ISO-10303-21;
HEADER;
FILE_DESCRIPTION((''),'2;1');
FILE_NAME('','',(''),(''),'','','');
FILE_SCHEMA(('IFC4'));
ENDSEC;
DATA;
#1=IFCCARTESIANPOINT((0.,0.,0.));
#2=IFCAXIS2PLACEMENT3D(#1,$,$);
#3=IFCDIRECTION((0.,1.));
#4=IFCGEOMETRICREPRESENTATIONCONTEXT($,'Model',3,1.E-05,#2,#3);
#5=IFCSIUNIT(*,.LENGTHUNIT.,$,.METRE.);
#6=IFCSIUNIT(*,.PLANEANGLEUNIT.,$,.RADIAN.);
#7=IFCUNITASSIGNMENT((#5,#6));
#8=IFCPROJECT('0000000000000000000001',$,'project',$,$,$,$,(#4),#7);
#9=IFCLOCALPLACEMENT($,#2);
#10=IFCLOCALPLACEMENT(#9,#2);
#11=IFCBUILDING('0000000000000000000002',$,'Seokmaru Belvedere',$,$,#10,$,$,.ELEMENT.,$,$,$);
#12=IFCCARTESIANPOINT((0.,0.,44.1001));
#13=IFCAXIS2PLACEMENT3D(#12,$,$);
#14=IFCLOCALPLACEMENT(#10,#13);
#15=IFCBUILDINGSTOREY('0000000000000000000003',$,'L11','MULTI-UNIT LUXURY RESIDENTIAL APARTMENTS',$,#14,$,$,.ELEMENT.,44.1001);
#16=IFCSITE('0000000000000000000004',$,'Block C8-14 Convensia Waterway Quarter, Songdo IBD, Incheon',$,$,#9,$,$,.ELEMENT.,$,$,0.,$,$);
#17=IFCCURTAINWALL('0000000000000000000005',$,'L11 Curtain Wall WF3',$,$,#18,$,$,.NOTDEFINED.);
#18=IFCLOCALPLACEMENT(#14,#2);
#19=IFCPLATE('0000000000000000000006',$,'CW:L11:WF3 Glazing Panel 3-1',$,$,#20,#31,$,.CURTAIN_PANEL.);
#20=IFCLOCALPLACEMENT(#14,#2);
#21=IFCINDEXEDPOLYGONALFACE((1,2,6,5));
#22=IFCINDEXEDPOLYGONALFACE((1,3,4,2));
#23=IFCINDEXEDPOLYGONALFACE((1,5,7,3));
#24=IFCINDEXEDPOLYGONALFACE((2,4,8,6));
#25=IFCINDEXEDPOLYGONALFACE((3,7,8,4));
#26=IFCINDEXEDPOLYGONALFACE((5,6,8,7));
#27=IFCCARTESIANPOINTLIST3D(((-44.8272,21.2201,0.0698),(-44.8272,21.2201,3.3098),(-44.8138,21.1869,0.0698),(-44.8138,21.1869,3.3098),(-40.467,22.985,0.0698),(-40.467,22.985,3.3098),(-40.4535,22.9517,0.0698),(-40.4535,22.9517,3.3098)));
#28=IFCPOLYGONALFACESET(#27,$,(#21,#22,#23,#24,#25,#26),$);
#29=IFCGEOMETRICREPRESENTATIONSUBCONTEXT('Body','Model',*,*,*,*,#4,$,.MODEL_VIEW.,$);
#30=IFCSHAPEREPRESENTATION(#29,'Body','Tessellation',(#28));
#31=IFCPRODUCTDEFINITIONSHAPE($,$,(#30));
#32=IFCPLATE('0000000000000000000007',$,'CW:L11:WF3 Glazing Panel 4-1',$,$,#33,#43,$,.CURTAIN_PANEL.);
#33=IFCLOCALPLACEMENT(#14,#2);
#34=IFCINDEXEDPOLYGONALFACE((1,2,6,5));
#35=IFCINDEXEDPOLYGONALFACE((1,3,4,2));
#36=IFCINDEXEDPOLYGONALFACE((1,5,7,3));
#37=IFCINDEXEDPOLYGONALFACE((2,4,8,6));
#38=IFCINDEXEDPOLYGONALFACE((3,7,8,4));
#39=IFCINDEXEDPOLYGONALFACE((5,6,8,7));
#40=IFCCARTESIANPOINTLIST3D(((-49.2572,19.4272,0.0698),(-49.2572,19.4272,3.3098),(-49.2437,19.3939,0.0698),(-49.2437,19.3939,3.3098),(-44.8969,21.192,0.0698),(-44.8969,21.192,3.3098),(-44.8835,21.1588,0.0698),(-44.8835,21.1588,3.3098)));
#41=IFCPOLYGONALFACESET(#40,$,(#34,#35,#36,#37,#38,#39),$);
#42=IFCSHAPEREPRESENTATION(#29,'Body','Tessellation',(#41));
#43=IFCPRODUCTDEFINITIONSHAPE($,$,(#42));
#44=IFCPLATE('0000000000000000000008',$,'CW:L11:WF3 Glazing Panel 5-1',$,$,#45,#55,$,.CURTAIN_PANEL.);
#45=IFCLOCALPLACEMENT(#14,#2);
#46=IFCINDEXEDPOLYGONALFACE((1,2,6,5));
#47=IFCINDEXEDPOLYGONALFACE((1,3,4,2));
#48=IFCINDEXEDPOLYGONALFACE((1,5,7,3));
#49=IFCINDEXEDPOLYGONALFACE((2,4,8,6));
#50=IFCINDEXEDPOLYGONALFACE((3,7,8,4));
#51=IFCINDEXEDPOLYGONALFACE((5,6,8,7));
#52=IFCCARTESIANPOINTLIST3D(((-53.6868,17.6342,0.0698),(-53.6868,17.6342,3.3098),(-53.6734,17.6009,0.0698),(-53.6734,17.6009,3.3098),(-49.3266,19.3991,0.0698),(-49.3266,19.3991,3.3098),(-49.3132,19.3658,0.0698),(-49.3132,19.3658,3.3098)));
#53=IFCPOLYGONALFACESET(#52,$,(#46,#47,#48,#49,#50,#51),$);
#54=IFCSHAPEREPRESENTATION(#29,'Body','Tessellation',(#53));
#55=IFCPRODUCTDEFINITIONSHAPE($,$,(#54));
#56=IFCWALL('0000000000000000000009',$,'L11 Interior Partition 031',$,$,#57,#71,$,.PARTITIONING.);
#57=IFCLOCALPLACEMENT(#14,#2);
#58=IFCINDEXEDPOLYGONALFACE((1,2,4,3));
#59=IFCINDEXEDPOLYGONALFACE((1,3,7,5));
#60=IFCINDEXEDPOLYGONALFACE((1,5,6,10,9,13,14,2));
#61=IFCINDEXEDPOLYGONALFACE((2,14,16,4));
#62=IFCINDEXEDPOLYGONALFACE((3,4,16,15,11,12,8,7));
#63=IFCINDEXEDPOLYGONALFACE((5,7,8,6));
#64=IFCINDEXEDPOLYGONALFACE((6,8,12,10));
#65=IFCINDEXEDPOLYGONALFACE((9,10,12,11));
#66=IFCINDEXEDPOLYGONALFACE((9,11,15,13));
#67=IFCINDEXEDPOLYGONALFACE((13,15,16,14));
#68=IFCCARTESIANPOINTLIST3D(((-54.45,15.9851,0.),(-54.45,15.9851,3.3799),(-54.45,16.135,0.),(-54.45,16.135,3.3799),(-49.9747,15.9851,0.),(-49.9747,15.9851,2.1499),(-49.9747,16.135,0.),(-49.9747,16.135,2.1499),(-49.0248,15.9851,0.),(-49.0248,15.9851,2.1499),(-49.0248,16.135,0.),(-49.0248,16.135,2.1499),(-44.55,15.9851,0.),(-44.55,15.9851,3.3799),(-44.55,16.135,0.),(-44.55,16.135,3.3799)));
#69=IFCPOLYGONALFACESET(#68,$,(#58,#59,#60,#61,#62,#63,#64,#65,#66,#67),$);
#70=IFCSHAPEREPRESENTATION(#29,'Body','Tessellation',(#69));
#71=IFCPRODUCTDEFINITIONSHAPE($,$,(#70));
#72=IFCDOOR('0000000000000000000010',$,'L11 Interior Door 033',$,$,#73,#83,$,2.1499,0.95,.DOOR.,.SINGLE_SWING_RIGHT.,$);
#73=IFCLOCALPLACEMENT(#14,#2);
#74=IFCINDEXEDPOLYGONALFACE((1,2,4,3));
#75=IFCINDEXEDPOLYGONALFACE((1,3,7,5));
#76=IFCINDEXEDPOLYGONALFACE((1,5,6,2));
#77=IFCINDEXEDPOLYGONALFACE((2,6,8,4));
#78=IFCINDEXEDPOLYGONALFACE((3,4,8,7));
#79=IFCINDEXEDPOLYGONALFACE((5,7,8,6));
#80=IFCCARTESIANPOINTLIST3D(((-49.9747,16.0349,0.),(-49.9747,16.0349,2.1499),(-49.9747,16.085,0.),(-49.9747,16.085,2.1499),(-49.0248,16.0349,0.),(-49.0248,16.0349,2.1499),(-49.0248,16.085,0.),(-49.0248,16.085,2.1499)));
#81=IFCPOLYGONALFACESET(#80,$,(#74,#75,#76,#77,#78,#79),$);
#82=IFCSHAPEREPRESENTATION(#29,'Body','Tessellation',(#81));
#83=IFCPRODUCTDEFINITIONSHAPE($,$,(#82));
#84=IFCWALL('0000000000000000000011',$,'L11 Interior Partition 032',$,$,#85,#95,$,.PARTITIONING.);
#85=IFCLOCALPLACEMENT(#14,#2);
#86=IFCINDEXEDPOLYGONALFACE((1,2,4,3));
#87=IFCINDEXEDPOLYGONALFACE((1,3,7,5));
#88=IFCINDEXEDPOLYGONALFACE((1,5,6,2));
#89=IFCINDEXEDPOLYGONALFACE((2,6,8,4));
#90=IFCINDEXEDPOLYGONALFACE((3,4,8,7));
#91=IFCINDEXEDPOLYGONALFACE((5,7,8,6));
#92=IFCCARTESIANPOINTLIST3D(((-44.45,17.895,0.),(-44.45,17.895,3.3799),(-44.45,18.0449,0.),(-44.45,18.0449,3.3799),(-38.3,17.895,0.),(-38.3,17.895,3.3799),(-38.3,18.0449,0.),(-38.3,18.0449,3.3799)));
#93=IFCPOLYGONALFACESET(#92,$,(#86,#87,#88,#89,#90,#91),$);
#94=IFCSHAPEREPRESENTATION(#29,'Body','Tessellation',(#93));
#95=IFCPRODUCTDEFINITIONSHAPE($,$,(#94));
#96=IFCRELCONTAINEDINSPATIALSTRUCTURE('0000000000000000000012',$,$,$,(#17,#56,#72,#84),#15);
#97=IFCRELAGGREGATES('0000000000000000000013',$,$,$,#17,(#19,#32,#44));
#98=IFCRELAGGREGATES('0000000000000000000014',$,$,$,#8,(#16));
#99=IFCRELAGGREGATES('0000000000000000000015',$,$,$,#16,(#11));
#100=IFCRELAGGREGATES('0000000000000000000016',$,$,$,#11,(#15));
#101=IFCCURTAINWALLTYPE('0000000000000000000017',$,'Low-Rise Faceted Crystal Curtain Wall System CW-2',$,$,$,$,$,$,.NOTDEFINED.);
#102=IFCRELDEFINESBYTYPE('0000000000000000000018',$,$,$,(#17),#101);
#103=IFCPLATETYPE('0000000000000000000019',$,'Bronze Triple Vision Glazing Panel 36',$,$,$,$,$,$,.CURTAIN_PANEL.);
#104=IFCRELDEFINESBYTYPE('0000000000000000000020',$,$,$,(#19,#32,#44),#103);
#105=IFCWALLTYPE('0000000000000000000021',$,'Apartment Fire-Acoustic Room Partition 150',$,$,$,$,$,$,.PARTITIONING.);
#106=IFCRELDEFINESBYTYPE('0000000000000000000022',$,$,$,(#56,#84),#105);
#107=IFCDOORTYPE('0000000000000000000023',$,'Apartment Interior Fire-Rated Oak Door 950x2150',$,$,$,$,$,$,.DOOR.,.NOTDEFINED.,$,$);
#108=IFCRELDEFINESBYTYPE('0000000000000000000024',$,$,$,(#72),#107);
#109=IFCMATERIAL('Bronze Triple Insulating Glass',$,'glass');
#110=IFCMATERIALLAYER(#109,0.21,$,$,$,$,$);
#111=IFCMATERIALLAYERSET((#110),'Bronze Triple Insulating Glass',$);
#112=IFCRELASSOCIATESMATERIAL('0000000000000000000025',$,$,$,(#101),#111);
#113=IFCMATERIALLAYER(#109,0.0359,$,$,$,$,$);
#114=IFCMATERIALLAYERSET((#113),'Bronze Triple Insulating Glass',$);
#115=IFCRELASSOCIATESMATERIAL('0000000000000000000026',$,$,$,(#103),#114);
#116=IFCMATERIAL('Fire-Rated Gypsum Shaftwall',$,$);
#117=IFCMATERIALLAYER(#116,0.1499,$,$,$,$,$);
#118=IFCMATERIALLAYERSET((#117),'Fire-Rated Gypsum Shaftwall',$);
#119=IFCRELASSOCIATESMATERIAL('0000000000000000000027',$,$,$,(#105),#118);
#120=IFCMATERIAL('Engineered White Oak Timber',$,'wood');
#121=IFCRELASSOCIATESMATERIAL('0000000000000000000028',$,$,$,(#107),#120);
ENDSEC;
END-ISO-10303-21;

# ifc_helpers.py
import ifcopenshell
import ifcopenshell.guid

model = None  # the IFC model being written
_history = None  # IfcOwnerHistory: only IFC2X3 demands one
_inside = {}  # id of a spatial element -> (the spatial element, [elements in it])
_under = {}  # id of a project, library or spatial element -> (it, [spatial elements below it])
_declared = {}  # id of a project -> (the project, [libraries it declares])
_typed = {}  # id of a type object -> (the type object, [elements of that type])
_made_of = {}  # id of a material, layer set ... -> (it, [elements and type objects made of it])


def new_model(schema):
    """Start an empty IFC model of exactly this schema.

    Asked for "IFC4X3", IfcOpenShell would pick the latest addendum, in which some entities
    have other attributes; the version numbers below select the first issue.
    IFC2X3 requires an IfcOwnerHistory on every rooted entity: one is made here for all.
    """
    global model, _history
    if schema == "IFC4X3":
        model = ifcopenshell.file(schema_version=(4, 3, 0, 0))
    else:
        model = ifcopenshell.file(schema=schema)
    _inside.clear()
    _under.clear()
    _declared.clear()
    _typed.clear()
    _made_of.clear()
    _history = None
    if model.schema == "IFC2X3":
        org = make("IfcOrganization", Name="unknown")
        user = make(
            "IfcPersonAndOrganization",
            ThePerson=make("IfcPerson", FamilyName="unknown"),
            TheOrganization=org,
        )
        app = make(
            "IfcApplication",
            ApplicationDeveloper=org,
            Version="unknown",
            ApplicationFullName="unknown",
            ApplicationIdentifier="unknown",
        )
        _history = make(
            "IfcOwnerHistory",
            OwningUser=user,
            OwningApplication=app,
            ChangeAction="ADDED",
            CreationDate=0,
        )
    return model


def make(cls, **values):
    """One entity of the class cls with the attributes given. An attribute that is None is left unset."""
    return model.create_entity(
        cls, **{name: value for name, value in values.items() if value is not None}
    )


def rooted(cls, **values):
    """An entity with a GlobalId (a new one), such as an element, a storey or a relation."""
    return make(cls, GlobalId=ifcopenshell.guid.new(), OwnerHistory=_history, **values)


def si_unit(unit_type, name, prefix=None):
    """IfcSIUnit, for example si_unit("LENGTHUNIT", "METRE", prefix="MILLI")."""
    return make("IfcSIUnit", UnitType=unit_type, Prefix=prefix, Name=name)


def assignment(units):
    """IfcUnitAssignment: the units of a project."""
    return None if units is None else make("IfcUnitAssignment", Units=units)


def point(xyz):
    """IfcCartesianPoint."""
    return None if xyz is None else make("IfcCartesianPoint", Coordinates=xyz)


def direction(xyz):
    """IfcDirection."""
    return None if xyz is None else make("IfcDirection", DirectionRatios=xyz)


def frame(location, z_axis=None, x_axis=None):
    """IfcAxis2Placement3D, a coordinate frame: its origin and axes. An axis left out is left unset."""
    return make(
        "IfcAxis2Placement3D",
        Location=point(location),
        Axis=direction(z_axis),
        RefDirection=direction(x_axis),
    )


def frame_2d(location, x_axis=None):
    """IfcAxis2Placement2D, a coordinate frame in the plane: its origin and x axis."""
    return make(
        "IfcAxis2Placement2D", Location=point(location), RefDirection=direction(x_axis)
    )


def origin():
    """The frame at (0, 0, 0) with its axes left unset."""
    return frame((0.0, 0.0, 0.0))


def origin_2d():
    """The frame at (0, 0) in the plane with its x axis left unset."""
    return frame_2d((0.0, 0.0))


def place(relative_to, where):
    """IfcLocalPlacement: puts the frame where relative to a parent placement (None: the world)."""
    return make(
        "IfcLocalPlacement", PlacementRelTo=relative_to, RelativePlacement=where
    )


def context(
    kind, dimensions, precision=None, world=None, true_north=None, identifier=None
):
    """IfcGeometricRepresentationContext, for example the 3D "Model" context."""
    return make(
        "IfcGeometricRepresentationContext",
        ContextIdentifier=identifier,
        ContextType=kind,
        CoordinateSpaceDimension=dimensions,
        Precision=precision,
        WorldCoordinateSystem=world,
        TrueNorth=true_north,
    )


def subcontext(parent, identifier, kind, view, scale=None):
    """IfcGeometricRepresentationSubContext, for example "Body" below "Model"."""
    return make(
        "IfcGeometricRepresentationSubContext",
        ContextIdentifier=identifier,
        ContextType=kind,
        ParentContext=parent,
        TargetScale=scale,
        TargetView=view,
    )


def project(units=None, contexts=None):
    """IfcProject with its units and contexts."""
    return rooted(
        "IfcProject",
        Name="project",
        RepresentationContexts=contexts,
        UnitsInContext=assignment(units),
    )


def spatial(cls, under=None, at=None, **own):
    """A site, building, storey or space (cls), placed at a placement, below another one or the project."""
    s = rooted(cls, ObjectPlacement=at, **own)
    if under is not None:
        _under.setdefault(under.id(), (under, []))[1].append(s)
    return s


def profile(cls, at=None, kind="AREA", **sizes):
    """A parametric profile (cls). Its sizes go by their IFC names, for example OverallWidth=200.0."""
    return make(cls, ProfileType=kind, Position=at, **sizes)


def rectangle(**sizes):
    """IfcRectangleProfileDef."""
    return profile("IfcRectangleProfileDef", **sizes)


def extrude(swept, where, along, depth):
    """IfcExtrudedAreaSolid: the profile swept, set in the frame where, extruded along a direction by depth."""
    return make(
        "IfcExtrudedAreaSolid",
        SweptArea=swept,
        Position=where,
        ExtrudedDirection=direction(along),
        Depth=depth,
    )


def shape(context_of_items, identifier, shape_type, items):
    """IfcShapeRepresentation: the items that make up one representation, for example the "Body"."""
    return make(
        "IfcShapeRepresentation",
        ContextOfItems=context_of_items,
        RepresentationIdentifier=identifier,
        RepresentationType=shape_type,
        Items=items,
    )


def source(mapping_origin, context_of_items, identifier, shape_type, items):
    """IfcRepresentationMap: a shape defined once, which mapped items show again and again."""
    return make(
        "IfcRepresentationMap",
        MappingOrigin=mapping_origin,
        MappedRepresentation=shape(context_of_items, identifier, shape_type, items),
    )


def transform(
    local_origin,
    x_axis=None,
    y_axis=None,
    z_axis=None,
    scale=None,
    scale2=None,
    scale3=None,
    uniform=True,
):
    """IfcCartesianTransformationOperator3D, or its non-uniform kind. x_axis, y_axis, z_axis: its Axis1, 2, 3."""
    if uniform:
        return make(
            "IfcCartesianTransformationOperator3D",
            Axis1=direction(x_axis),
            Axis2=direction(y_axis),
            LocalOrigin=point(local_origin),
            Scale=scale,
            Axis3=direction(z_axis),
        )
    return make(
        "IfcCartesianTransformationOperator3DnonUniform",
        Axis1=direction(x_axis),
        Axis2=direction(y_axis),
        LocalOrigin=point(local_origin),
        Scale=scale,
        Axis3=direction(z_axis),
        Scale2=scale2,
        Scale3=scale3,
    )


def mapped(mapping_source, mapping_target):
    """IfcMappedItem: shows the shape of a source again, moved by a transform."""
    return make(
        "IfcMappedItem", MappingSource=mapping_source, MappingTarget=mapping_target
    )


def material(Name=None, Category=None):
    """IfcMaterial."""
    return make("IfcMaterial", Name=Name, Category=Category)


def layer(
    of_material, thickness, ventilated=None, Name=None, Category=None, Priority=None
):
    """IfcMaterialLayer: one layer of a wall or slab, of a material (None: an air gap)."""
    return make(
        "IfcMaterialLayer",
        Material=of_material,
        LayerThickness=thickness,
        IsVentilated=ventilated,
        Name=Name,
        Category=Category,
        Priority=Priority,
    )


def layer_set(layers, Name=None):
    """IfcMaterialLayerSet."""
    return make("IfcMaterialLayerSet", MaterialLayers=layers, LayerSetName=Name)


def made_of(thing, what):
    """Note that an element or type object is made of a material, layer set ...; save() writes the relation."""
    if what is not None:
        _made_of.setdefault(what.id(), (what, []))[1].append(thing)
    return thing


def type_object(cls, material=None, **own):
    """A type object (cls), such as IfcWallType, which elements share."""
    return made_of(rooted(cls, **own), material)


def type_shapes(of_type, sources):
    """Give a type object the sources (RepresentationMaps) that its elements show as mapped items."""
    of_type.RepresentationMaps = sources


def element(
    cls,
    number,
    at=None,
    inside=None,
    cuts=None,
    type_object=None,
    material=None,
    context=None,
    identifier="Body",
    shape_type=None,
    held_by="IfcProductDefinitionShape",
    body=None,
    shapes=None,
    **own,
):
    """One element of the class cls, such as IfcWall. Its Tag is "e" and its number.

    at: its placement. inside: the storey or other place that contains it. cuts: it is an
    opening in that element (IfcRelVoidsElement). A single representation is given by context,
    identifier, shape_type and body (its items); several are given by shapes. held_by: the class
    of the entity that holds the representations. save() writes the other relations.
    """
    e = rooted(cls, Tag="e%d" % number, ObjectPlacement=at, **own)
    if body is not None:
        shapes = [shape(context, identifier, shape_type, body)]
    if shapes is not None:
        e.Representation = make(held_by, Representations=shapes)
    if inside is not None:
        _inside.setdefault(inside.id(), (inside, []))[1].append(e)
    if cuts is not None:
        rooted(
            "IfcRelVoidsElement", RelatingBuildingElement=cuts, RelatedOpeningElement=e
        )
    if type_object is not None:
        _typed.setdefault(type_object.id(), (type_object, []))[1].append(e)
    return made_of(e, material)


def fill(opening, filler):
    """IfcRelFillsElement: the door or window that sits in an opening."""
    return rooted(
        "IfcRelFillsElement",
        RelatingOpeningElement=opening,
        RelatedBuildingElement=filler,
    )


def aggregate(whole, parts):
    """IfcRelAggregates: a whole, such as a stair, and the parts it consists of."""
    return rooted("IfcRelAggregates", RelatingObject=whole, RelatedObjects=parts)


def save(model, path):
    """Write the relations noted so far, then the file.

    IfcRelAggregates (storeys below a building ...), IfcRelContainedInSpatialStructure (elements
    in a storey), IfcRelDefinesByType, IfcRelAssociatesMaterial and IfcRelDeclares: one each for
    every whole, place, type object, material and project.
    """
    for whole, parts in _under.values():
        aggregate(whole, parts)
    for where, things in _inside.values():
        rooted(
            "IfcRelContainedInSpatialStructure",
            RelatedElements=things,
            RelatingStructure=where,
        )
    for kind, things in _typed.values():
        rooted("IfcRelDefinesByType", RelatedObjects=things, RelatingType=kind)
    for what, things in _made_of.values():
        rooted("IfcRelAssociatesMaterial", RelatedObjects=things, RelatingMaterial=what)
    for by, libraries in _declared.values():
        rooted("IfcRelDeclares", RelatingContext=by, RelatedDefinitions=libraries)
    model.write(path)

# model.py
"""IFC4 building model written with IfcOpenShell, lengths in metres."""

from ifc_helpers import new_model, si_unit, direction, frame, frame_2d, origin, origin_2d, place, context, subcontext, project, spatial, rectangle, extrude, source, transform, mapped, material, layer, layer_set, type_object, type_shapes, element, fill, aggregate, save


model = new_model("IFC4")

# Units and contexts
model_context = context("Model", 3, precision=1e-05, world=origin(), true_north=direction((0.0, 1.0)))
body_context = subcontext(model_context, "Body", "Model", "MODEL_VIEW")
ifc_project = project(units=[si_unit("LENGTHUNIT", "METRE"), si_unit("PLANEANGLEUNIT", "RADIAN")], contexts=[model_context])

# Site, building, storey
site_placement = place(None, origin())
site = spatial("IfcSite", under=ifc_project, at=site_placement, Name="Block C8-14 Convensia Waterway Quarter, Songdo IBD, Incheon", CompositionType="ELEMENT", RefElevation=0.0)
building_placement = place(site_placement, origin())
building = spatial("IfcBuilding", under=site, at=building_placement, Name="Seokmaru Belvedere", CompositionType="ELEMENT")
storey_placement = place(building_placement, frame((0.0, 0.0, 44.1001)))
storey = spatial("IfcBuildingStorey", under=building, at=storey_placement, Name="L11", Description="MULTI-UNIT LUXURY RESIDENTIAL APARTMENTS", CompositionType="ELEMENT", Elevation=44.1001)

# Curtain wall, plates
ifc_material_1 = material(Name="Bronze Triple Insulating Glass", Category="glass")
ifc_layer_1 = layer(ifc_material_1, 0.21)
ifc_layer_set_1 = layer_set([ifc_layer_1], Name="Bronze Triple Insulating Glass")
curtain_wall_type = type_object("IfcCurtainWallType", Name="Low-Rise Faceted Crystal Curtain Wall System CW-2", PredefinedType="NOTDEFINED", material=ifc_layer_set_1)
curtain_wall_placement = place(storey_placement, origin())
curtain_wall = element("IfcCurtainWall", 1, at=curtain_wall_placement, inside=storey, type_object=curtain_wall_type, Name="L11 Curtain Wall WF3", PredefinedType="NOTDEFINED")
ifc_layer_2 = layer(ifc_material_1, 0.0359)
ifc_layer_set_2 = layer_set([ifc_layer_2], Name="Bronze Triple Insulating Glass")
plate_type = type_object("IfcPlateType", Name="Bronze Triple Vision Glazing Panel 36", PredefinedType="CURTAIN_PANEL", material=ifc_layer_set_2)
shared_shape_1 = source(origin(), body_context, "Body", "SweptSolid", [
    extrude(rectangle(XDim=4.7039, YDim=0.0359, at=origin_2d()), origin(), (0.0, 0.0, 1.0), 3.24),
])
type_shapes(plate_type, [shared_shape_1])
plate_1_placement = place(storey_placement, frame((-42.6404, 22.0859, 0.0698), z_axis=(0.0, 0.0, 1.0), x_axis=(-0.926947, -0.375192, 0.0)))
plate_1 = element("IfcPlate", 2, at=plate_1_placement, type_object=plate_type, Name="CW:L11:WF3 Glazing Panel 3-1", PredefinedType="CURTAIN_PANEL", context=body_context, shape_type="MappedRepresentation", body=[
    mapped(shared_shape_1, transform((0.0, 0.0, 0.0), scale=1.0)),
])
plate_2_placement = place(storey_placement, frame((-47.0703, 20.293, 0.0698), z_axis=(0.0, 0.0, 1.0), x_axis=(-0.926947, -0.375192, 0.0)))
plate_2 = element("IfcPlate", 3, at=plate_2_placement, type_object=plate_type, Name="CW:L11:WF3 Glazing Panel 4-1", PredefinedType="CURTAIN_PANEL", context=body_context, shape_type="MappedRepresentation", body=[
    mapped(shared_shape_1, transform((0.0, 0.0, 0.0), scale=1.0)),
])
plate_3_placement = place(storey_placement, frame((-51.5, 18.5, 0.0698), z_axis=(0.0, 0.0, 1.0), x_axis=(-0.926947, -0.375192, 0.0)))
plate_3 = element("IfcPlate", 4, at=plate_3_placement, type_object=plate_type, Name="CW:L11:WF3 Glazing Panel 5-1", PredefinedType="CURTAIN_PANEL", context=body_context, shape_type="MappedRepresentation", body=[
    mapped(shared_shape_1, transform((0.0, 0.0, 0.0), scale=1.0)),
])
aggregate(curtain_wall, [plate_1, plate_2, plate_3])

# Wall, opening, door
ifc_material_2 = material(Name="Fire-Rated Gypsum Shaftwall")
ifc_layer_3 = layer(ifc_material_2, 0.1499)
ifc_layer_set_3 = layer_set([ifc_layer_3], Name="Fire-Rated Gypsum Shaftwall")
wall_type = type_object("IfcWallType", Name="Apartment Fire-Acoustic Room Partition 150", PredefinedType="PARTITIONING", material=ifc_layer_set_3)
wall_1_placement = place(storey_placement, frame((-54.45, 16.0601, 0.0), z_axis=(0.0, 0.0, 1.0), x_axis=(1.0, 0.0, 0.0)))
wall_1 = element("IfcWall", 5, at=wall_1_placement, inside=storey, type_object=wall_type, Name="L11 Interior Partition 031", PredefinedType="PARTITIONING", context=body_context, shape_type="SweptSolid", body=[
    extrude(rectangle(XDim=9.8999, YDim=0.1499, at=frame_2d((4.95, 0.0))), origin(), (0.0, 0.0, 1.0), 3.3799),
])
opening_1_placement = place(wall_1_placement, frame((4.4751, 0.0, 0.0)))
opening_1 = element("IfcOpeningElement", 6, at=opening_1_placement, cuts=wall_1, PredefinedType="OPENING", context=body_context, shape_type="SweptSolid", body=[
    extrude(rectangle(XDim=0.95, YDim=2.1499, at=frame_2d((0.4751, 1.075))), frame((0.0, 0.085, 0.0), z_axis=(0.0, -1.0, 0.0), x_axis=(1.0, 0.0, 0.0)), (0.0, 0.0, 1.0), 0.1699),
])
ifc_material_3 = material(Name="Engineered White Oak Timber", Category="wood")
door_type = type_object("IfcDoorType", Name="Apartment Interior Fire-Rated Oak Door 950x2150", OperationType="NOTDEFINED", PredefinedType="DOOR", material=ifc_material_3)
shared_shape_2 = source(origin(), body_context, "Body", "SweptSolid", [
    extrude(rectangle(XDim=0.95, YDim=2.1499, at=frame_2d((0.4751, 1.075))), frame((0.0, 0.0249, 0.0), z_axis=(0.0, -1.0, 0.0), x_axis=(1.0, 0.0, 0.0)), (0.0, 0.0, 1.0), 0.05),
])
type_shapes(door_type, [shared_shape_2])
door_placement = place(opening_1_placement, origin())
door = element("IfcDoor", 7, at=door_placement, inside=storey, type_object=door_type, Name="L11 Interior Door 033", OperationType="SINGLE_SWING_RIGHT", OverallHeight=2.1499, OverallWidth=0.95, PredefinedType="DOOR", context=body_context, shape_type="MappedRepresentation", body=[
    mapped(shared_shape_2, transform((0.0, 0.0, 0.0), scale=1.0)),
])
fill(opening_1, door)

# Wall
wall_2_placement = place(storey_placement, frame((-44.45, 17.97, 0.0), z_axis=(0.0, 0.0, 1.0), x_axis=(1.0, 0.0, 0.0)))
element("IfcWall", 8, at=wall_2_placement, inside=storey, type_object=wall_type, Name="L11 Interior Partition 032", PredefinedType="PARTITIONING", context=body_context, shape_type="SweptSolid", body=[
    extrude(rectangle(XDim=6.1499, YDim=0.1499, at=frame_2d((3.075, 0.0))), origin(), (0.0, 0.0, 1.0), 3.3799),
])

save(model, "model.ifc")
